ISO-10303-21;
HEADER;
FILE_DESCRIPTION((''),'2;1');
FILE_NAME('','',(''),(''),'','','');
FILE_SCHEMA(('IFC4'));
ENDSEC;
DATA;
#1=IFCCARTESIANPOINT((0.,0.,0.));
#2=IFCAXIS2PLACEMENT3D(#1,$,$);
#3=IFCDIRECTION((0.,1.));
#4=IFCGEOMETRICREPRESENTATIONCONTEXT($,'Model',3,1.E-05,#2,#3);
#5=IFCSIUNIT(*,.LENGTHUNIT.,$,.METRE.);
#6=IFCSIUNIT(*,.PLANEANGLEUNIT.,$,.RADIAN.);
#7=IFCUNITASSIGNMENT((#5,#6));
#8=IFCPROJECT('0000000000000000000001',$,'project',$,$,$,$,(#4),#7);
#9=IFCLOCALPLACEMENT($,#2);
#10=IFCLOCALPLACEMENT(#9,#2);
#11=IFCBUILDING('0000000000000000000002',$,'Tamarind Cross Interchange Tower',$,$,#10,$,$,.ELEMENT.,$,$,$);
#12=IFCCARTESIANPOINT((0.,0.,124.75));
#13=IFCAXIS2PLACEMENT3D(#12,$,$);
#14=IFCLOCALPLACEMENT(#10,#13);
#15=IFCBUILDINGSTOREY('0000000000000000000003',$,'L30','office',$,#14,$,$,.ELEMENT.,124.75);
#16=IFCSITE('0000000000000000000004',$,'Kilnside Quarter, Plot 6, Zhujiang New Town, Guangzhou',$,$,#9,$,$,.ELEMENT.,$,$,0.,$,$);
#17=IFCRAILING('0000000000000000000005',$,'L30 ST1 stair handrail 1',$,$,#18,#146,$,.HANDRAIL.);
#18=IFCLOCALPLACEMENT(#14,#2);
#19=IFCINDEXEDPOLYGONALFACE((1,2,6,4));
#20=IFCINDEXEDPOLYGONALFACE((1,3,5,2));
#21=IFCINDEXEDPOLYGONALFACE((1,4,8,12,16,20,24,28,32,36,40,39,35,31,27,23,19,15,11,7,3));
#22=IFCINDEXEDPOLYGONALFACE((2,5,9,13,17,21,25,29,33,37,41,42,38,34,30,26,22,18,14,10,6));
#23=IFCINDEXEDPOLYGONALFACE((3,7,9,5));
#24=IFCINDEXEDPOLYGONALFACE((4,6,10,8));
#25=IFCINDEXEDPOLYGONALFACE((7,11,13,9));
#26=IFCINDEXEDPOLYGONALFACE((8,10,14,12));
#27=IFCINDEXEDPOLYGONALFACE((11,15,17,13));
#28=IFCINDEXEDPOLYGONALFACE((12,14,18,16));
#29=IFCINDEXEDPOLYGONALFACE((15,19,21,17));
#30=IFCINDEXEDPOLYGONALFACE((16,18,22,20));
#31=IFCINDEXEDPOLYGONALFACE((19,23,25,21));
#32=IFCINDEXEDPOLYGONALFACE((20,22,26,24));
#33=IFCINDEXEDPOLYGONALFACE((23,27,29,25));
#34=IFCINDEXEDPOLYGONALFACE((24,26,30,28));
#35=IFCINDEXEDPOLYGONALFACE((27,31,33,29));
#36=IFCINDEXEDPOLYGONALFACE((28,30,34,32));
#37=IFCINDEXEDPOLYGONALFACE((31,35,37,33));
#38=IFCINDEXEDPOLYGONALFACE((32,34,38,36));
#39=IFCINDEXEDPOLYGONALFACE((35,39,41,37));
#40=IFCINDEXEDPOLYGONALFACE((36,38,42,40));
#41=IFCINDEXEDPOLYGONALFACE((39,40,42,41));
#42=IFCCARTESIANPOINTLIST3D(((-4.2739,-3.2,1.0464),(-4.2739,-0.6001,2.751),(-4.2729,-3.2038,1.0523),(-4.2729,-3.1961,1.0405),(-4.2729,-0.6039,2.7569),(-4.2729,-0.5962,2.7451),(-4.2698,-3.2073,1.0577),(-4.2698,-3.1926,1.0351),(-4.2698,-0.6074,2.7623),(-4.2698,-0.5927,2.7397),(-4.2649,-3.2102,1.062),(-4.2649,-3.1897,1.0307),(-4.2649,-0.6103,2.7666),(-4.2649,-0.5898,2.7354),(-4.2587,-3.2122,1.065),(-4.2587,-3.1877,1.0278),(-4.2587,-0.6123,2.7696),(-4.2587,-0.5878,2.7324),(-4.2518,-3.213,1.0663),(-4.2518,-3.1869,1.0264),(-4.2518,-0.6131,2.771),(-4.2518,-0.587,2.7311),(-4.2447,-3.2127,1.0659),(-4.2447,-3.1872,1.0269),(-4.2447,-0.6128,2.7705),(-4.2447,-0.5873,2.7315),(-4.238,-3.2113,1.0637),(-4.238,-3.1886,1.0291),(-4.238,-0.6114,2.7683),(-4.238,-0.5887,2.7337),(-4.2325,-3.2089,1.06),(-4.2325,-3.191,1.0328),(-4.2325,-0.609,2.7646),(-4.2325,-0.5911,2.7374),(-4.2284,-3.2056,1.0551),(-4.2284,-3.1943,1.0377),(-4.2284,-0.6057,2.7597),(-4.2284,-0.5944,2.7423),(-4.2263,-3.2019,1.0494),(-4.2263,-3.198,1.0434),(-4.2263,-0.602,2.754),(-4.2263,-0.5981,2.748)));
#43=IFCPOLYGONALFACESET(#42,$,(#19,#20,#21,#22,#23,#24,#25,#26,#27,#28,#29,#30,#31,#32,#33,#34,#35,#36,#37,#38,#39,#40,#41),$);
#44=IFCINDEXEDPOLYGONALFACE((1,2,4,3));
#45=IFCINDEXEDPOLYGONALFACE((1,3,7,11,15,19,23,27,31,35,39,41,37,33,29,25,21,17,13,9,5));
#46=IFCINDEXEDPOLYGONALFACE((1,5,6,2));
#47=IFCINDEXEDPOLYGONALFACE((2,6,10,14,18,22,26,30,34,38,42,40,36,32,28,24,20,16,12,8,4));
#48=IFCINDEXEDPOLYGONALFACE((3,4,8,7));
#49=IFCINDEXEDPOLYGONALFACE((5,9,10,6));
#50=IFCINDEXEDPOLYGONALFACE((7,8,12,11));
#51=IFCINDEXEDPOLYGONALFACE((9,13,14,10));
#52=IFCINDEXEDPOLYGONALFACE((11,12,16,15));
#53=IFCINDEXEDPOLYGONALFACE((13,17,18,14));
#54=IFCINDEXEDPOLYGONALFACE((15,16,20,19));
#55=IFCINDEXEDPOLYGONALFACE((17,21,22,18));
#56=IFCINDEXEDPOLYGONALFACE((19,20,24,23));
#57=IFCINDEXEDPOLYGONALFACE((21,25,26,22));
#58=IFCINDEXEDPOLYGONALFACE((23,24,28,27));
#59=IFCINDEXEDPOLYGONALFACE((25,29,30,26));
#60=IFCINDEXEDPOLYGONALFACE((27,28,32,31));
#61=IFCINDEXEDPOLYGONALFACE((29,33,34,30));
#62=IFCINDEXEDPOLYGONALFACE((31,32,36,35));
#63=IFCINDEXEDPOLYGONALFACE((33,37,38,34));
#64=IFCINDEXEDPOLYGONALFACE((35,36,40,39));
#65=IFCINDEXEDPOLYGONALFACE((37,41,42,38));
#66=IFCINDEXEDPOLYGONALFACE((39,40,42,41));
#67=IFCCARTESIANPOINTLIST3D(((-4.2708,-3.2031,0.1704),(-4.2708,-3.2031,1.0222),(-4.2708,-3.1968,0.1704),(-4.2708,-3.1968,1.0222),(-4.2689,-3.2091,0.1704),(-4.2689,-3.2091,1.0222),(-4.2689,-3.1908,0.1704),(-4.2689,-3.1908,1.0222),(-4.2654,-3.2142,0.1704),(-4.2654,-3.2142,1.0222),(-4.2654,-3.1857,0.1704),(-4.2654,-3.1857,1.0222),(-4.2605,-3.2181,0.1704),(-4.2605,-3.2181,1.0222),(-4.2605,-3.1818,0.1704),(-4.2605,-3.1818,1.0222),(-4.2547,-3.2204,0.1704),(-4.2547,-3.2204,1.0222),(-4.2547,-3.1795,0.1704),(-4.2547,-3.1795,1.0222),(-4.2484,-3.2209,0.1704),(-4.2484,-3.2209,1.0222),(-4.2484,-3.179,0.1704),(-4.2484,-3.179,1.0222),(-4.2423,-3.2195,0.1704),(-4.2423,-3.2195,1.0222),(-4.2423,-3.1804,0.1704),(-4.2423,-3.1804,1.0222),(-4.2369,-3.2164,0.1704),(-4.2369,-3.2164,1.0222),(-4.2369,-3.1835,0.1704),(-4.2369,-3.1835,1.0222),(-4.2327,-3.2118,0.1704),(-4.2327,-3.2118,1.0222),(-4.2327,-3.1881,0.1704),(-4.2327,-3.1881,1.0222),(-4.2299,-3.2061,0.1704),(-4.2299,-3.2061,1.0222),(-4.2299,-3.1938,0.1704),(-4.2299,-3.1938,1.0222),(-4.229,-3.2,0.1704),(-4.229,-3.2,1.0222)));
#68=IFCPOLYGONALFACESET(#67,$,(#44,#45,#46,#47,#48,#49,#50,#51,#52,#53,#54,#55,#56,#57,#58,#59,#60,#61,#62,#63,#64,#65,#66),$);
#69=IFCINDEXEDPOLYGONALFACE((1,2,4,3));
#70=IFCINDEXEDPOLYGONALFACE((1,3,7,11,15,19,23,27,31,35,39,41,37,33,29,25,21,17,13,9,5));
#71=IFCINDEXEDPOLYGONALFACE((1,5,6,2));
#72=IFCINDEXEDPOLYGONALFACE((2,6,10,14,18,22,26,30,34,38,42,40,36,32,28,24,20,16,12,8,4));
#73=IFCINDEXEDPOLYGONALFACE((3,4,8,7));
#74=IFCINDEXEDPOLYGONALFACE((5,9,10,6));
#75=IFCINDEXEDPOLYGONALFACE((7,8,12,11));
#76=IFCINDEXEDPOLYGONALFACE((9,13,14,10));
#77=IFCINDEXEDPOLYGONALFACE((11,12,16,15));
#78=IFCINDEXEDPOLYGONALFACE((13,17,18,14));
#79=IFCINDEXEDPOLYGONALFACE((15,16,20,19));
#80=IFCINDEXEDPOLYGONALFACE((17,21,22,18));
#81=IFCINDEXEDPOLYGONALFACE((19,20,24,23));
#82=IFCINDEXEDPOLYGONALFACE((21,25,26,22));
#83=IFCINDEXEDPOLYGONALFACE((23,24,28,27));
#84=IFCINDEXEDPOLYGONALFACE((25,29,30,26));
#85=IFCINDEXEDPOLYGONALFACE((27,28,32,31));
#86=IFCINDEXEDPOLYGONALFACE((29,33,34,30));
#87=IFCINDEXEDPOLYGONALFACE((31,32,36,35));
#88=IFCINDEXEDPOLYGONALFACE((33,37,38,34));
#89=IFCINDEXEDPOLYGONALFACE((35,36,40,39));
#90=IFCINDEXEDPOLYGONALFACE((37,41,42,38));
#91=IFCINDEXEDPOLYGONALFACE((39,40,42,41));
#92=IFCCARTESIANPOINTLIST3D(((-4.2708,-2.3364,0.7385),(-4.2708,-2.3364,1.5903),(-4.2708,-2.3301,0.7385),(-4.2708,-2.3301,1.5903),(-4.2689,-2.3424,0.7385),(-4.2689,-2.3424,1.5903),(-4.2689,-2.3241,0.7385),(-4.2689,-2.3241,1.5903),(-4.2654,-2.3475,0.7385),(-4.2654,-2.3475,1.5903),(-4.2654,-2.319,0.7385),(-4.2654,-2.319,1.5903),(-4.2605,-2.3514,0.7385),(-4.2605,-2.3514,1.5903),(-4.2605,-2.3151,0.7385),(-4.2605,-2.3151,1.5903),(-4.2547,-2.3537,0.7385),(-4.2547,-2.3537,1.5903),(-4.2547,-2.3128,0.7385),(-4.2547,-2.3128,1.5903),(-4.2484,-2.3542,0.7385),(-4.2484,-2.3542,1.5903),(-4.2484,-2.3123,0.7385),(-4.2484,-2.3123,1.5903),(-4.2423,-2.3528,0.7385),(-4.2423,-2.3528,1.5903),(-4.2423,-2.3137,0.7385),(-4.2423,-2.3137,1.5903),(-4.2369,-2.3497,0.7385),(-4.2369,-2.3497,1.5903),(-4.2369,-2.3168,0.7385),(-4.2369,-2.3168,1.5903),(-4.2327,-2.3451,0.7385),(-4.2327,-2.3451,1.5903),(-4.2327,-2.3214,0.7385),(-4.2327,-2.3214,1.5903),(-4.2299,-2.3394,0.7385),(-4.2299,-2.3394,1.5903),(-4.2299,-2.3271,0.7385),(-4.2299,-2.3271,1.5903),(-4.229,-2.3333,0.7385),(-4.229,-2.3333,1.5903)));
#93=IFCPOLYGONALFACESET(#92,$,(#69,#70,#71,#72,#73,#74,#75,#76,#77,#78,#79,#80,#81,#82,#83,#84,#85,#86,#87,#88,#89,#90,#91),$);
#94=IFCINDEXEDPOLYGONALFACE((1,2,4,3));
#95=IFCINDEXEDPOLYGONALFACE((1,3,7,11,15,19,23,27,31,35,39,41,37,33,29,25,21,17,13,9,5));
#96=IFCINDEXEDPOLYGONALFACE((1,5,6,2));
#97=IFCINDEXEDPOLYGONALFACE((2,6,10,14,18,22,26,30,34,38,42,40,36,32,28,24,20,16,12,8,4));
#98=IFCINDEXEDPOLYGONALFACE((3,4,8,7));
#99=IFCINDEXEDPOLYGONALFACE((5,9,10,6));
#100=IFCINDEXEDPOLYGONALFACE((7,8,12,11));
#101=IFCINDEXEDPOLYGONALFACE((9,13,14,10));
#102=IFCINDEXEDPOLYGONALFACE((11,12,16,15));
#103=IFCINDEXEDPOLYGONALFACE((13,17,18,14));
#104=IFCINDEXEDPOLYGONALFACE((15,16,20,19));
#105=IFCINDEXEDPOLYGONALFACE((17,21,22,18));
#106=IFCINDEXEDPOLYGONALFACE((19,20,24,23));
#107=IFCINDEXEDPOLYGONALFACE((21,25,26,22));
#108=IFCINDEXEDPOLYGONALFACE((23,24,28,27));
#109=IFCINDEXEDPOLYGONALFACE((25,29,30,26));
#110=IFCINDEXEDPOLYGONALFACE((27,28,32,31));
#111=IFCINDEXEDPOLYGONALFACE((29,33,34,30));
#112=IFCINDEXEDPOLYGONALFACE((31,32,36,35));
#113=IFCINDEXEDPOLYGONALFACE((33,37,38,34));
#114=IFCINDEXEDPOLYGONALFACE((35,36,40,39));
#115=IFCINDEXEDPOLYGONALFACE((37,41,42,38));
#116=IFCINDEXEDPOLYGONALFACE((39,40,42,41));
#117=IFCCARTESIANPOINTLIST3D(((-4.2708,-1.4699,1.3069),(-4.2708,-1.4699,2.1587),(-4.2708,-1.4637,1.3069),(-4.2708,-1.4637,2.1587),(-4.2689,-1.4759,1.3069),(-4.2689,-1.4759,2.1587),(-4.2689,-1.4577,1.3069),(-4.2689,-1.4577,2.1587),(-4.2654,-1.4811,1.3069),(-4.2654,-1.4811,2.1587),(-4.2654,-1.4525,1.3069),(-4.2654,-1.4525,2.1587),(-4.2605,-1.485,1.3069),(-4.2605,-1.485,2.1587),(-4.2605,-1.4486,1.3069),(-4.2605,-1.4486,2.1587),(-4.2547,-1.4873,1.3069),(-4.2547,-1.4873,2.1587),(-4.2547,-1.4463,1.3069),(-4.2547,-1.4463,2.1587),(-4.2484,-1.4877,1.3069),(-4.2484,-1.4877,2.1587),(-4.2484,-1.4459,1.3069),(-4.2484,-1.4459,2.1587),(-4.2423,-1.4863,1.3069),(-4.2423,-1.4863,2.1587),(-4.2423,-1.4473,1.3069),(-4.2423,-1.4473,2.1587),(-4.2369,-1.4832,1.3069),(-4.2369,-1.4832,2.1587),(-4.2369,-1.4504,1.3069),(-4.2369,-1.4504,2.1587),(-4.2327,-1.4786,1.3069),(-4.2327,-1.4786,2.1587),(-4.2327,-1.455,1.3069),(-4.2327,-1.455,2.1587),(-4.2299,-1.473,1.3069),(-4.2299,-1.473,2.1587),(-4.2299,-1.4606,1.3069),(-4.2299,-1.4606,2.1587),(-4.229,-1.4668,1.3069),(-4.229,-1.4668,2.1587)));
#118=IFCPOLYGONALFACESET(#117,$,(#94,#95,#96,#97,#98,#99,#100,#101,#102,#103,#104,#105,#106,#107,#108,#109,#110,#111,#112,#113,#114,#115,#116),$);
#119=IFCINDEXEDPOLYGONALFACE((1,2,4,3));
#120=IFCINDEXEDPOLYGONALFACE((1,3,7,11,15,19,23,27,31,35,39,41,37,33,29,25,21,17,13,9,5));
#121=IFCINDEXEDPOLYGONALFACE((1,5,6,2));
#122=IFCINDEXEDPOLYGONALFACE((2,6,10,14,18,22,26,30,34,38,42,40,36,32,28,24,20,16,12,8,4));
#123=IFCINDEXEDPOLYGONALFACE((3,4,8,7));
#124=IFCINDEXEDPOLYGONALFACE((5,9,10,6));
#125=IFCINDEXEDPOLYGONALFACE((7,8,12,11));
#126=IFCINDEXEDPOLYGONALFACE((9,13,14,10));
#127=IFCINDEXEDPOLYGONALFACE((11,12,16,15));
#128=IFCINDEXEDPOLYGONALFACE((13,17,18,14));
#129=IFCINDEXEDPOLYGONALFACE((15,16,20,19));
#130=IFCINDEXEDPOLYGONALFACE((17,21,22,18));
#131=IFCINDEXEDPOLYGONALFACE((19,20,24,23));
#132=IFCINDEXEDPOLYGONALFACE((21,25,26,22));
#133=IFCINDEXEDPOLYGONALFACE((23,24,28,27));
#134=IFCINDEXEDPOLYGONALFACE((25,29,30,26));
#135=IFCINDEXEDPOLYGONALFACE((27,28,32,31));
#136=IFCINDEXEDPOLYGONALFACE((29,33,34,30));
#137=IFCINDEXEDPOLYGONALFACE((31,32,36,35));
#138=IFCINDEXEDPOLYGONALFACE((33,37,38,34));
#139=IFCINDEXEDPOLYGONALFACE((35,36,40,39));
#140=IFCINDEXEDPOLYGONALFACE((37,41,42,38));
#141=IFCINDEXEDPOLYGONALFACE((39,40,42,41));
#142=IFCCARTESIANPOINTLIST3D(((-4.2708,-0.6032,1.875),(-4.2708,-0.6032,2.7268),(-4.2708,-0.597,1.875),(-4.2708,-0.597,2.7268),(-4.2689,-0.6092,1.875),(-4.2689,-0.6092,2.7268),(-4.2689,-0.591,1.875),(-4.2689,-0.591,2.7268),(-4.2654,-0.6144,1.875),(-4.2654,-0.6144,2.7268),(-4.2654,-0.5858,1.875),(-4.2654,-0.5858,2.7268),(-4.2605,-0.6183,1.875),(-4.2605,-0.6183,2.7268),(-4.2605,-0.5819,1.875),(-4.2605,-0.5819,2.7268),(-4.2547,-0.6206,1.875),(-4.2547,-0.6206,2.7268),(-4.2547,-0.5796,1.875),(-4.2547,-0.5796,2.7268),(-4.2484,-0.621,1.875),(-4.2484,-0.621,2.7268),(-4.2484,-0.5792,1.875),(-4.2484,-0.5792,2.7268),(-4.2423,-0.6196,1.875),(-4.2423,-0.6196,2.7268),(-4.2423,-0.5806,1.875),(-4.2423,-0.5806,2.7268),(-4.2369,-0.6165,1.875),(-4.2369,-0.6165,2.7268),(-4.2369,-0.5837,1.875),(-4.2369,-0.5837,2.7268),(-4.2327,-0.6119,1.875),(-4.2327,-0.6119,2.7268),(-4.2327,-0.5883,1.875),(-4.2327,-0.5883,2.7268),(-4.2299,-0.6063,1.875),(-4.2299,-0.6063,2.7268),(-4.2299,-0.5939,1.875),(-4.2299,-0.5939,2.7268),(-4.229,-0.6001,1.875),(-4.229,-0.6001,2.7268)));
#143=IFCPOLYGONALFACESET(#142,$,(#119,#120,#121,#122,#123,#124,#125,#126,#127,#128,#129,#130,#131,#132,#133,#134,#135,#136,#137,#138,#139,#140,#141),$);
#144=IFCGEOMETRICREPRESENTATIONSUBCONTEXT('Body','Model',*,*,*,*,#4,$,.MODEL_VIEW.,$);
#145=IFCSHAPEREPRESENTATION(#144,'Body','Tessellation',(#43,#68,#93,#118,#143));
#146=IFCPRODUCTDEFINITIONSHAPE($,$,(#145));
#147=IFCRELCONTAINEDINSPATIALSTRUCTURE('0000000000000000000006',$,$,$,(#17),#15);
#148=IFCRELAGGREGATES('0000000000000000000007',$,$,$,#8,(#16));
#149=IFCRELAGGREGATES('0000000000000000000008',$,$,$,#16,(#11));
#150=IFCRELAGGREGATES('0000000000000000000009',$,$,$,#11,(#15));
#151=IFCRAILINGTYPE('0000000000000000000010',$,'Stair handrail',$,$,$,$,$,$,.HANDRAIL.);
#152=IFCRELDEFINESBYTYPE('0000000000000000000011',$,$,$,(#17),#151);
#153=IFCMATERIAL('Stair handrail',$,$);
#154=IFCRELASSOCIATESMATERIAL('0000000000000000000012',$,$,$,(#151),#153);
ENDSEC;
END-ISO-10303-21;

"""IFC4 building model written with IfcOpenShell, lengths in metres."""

from ifc_helpers import new_model, si_unit, direction, frame, origin, origin_2d, place, context, subcontext, project, spatial, circle, extrude, material, type_object, element, save


model = new_model("IFC4")

# Units and contexts
model_context = context("Model", 3, precision=1e-05, world=origin(), true_north=direction((0.0, 1.0)))
body_context = subcontext(model_context, "Body", "Model", "MODEL_VIEW")
ifc_project = project(units=[si_unit("LENGTHUNIT", "METRE"), si_unit("PLANEANGLEUNIT", "RADIAN")], contexts=[model_context])

# Site, building, storey
site_placement = place(None, origin())
site = spatial("IfcSite", under=ifc_project, at=site_placement, Name="Kilnside Quarter, Plot 6, Zhujiang New Town, Guangzhou", CompositionType="ELEMENT", RefElevation=0.0)
building_placement = place(site_placement, origin())
building = spatial("IfcBuilding", under=site, at=building_placement, Name="Tamarind Cross Interchange Tower", CompositionType="ELEMENT")
storey_placement = place(building_placement, frame((0.0, 0.0, 124.75)))
storey = spatial("IfcBuildingStorey", under=building, at=storey_placement, Name="L30", Description="office", CompositionType="ELEMENT", Elevation=124.75)

# Railing
ifc_material_1 = material(Name="Stair handrail")
railing_type_1 = type_object("IfcRailingType", Name="Stair handrail", PredefinedType="HANDRAIL", material=ifc_material_1)
railing_1_placement = place(storey_placement, frame((-4.25, -3.2, 0.1704)))
element("IfcRailing", 1, at=railing_1_placement, inside=storey, type_object=railing_type_1, Name="L30 ST1 stair handrail 1", PredefinedType="HANDRAIL", context=body_context, shape_type="SweptSolid", body=[
    extrude(circle(Radius=0.0239, at=origin_2d()), frame((0.0, 0.0, 0.876), z_axis=(0.0, 0.836279, 0.548305), x_axis=(-1.0, 0.0, 0.0)), (0.0, 0.0, 1.0), 3.1089),
    extrude(circle(Radius=0.021, at=origin_2d()), origin(), (0.0, 0.0, 1.0), 0.8518),
    extrude(circle(Radius=0.021, at=origin_2d()), frame((0.0, 0.8667, 0.5681)), (0.0, 0.0, 1.0), 0.8518),
    extrude(circle(Radius=0.021, at=origin_2d()), frame((0.0, 1.7332, 1.1365)), (0.0, 0.0, 1.0), 0.8518),
    extrude(circle(Radius=0.021, at=origin_2d()), frame((0.0, 2.5999, 1.7046)), (0.0, 0.0, 1.0), 0.8518),
])

save(model, "model.ifc")
